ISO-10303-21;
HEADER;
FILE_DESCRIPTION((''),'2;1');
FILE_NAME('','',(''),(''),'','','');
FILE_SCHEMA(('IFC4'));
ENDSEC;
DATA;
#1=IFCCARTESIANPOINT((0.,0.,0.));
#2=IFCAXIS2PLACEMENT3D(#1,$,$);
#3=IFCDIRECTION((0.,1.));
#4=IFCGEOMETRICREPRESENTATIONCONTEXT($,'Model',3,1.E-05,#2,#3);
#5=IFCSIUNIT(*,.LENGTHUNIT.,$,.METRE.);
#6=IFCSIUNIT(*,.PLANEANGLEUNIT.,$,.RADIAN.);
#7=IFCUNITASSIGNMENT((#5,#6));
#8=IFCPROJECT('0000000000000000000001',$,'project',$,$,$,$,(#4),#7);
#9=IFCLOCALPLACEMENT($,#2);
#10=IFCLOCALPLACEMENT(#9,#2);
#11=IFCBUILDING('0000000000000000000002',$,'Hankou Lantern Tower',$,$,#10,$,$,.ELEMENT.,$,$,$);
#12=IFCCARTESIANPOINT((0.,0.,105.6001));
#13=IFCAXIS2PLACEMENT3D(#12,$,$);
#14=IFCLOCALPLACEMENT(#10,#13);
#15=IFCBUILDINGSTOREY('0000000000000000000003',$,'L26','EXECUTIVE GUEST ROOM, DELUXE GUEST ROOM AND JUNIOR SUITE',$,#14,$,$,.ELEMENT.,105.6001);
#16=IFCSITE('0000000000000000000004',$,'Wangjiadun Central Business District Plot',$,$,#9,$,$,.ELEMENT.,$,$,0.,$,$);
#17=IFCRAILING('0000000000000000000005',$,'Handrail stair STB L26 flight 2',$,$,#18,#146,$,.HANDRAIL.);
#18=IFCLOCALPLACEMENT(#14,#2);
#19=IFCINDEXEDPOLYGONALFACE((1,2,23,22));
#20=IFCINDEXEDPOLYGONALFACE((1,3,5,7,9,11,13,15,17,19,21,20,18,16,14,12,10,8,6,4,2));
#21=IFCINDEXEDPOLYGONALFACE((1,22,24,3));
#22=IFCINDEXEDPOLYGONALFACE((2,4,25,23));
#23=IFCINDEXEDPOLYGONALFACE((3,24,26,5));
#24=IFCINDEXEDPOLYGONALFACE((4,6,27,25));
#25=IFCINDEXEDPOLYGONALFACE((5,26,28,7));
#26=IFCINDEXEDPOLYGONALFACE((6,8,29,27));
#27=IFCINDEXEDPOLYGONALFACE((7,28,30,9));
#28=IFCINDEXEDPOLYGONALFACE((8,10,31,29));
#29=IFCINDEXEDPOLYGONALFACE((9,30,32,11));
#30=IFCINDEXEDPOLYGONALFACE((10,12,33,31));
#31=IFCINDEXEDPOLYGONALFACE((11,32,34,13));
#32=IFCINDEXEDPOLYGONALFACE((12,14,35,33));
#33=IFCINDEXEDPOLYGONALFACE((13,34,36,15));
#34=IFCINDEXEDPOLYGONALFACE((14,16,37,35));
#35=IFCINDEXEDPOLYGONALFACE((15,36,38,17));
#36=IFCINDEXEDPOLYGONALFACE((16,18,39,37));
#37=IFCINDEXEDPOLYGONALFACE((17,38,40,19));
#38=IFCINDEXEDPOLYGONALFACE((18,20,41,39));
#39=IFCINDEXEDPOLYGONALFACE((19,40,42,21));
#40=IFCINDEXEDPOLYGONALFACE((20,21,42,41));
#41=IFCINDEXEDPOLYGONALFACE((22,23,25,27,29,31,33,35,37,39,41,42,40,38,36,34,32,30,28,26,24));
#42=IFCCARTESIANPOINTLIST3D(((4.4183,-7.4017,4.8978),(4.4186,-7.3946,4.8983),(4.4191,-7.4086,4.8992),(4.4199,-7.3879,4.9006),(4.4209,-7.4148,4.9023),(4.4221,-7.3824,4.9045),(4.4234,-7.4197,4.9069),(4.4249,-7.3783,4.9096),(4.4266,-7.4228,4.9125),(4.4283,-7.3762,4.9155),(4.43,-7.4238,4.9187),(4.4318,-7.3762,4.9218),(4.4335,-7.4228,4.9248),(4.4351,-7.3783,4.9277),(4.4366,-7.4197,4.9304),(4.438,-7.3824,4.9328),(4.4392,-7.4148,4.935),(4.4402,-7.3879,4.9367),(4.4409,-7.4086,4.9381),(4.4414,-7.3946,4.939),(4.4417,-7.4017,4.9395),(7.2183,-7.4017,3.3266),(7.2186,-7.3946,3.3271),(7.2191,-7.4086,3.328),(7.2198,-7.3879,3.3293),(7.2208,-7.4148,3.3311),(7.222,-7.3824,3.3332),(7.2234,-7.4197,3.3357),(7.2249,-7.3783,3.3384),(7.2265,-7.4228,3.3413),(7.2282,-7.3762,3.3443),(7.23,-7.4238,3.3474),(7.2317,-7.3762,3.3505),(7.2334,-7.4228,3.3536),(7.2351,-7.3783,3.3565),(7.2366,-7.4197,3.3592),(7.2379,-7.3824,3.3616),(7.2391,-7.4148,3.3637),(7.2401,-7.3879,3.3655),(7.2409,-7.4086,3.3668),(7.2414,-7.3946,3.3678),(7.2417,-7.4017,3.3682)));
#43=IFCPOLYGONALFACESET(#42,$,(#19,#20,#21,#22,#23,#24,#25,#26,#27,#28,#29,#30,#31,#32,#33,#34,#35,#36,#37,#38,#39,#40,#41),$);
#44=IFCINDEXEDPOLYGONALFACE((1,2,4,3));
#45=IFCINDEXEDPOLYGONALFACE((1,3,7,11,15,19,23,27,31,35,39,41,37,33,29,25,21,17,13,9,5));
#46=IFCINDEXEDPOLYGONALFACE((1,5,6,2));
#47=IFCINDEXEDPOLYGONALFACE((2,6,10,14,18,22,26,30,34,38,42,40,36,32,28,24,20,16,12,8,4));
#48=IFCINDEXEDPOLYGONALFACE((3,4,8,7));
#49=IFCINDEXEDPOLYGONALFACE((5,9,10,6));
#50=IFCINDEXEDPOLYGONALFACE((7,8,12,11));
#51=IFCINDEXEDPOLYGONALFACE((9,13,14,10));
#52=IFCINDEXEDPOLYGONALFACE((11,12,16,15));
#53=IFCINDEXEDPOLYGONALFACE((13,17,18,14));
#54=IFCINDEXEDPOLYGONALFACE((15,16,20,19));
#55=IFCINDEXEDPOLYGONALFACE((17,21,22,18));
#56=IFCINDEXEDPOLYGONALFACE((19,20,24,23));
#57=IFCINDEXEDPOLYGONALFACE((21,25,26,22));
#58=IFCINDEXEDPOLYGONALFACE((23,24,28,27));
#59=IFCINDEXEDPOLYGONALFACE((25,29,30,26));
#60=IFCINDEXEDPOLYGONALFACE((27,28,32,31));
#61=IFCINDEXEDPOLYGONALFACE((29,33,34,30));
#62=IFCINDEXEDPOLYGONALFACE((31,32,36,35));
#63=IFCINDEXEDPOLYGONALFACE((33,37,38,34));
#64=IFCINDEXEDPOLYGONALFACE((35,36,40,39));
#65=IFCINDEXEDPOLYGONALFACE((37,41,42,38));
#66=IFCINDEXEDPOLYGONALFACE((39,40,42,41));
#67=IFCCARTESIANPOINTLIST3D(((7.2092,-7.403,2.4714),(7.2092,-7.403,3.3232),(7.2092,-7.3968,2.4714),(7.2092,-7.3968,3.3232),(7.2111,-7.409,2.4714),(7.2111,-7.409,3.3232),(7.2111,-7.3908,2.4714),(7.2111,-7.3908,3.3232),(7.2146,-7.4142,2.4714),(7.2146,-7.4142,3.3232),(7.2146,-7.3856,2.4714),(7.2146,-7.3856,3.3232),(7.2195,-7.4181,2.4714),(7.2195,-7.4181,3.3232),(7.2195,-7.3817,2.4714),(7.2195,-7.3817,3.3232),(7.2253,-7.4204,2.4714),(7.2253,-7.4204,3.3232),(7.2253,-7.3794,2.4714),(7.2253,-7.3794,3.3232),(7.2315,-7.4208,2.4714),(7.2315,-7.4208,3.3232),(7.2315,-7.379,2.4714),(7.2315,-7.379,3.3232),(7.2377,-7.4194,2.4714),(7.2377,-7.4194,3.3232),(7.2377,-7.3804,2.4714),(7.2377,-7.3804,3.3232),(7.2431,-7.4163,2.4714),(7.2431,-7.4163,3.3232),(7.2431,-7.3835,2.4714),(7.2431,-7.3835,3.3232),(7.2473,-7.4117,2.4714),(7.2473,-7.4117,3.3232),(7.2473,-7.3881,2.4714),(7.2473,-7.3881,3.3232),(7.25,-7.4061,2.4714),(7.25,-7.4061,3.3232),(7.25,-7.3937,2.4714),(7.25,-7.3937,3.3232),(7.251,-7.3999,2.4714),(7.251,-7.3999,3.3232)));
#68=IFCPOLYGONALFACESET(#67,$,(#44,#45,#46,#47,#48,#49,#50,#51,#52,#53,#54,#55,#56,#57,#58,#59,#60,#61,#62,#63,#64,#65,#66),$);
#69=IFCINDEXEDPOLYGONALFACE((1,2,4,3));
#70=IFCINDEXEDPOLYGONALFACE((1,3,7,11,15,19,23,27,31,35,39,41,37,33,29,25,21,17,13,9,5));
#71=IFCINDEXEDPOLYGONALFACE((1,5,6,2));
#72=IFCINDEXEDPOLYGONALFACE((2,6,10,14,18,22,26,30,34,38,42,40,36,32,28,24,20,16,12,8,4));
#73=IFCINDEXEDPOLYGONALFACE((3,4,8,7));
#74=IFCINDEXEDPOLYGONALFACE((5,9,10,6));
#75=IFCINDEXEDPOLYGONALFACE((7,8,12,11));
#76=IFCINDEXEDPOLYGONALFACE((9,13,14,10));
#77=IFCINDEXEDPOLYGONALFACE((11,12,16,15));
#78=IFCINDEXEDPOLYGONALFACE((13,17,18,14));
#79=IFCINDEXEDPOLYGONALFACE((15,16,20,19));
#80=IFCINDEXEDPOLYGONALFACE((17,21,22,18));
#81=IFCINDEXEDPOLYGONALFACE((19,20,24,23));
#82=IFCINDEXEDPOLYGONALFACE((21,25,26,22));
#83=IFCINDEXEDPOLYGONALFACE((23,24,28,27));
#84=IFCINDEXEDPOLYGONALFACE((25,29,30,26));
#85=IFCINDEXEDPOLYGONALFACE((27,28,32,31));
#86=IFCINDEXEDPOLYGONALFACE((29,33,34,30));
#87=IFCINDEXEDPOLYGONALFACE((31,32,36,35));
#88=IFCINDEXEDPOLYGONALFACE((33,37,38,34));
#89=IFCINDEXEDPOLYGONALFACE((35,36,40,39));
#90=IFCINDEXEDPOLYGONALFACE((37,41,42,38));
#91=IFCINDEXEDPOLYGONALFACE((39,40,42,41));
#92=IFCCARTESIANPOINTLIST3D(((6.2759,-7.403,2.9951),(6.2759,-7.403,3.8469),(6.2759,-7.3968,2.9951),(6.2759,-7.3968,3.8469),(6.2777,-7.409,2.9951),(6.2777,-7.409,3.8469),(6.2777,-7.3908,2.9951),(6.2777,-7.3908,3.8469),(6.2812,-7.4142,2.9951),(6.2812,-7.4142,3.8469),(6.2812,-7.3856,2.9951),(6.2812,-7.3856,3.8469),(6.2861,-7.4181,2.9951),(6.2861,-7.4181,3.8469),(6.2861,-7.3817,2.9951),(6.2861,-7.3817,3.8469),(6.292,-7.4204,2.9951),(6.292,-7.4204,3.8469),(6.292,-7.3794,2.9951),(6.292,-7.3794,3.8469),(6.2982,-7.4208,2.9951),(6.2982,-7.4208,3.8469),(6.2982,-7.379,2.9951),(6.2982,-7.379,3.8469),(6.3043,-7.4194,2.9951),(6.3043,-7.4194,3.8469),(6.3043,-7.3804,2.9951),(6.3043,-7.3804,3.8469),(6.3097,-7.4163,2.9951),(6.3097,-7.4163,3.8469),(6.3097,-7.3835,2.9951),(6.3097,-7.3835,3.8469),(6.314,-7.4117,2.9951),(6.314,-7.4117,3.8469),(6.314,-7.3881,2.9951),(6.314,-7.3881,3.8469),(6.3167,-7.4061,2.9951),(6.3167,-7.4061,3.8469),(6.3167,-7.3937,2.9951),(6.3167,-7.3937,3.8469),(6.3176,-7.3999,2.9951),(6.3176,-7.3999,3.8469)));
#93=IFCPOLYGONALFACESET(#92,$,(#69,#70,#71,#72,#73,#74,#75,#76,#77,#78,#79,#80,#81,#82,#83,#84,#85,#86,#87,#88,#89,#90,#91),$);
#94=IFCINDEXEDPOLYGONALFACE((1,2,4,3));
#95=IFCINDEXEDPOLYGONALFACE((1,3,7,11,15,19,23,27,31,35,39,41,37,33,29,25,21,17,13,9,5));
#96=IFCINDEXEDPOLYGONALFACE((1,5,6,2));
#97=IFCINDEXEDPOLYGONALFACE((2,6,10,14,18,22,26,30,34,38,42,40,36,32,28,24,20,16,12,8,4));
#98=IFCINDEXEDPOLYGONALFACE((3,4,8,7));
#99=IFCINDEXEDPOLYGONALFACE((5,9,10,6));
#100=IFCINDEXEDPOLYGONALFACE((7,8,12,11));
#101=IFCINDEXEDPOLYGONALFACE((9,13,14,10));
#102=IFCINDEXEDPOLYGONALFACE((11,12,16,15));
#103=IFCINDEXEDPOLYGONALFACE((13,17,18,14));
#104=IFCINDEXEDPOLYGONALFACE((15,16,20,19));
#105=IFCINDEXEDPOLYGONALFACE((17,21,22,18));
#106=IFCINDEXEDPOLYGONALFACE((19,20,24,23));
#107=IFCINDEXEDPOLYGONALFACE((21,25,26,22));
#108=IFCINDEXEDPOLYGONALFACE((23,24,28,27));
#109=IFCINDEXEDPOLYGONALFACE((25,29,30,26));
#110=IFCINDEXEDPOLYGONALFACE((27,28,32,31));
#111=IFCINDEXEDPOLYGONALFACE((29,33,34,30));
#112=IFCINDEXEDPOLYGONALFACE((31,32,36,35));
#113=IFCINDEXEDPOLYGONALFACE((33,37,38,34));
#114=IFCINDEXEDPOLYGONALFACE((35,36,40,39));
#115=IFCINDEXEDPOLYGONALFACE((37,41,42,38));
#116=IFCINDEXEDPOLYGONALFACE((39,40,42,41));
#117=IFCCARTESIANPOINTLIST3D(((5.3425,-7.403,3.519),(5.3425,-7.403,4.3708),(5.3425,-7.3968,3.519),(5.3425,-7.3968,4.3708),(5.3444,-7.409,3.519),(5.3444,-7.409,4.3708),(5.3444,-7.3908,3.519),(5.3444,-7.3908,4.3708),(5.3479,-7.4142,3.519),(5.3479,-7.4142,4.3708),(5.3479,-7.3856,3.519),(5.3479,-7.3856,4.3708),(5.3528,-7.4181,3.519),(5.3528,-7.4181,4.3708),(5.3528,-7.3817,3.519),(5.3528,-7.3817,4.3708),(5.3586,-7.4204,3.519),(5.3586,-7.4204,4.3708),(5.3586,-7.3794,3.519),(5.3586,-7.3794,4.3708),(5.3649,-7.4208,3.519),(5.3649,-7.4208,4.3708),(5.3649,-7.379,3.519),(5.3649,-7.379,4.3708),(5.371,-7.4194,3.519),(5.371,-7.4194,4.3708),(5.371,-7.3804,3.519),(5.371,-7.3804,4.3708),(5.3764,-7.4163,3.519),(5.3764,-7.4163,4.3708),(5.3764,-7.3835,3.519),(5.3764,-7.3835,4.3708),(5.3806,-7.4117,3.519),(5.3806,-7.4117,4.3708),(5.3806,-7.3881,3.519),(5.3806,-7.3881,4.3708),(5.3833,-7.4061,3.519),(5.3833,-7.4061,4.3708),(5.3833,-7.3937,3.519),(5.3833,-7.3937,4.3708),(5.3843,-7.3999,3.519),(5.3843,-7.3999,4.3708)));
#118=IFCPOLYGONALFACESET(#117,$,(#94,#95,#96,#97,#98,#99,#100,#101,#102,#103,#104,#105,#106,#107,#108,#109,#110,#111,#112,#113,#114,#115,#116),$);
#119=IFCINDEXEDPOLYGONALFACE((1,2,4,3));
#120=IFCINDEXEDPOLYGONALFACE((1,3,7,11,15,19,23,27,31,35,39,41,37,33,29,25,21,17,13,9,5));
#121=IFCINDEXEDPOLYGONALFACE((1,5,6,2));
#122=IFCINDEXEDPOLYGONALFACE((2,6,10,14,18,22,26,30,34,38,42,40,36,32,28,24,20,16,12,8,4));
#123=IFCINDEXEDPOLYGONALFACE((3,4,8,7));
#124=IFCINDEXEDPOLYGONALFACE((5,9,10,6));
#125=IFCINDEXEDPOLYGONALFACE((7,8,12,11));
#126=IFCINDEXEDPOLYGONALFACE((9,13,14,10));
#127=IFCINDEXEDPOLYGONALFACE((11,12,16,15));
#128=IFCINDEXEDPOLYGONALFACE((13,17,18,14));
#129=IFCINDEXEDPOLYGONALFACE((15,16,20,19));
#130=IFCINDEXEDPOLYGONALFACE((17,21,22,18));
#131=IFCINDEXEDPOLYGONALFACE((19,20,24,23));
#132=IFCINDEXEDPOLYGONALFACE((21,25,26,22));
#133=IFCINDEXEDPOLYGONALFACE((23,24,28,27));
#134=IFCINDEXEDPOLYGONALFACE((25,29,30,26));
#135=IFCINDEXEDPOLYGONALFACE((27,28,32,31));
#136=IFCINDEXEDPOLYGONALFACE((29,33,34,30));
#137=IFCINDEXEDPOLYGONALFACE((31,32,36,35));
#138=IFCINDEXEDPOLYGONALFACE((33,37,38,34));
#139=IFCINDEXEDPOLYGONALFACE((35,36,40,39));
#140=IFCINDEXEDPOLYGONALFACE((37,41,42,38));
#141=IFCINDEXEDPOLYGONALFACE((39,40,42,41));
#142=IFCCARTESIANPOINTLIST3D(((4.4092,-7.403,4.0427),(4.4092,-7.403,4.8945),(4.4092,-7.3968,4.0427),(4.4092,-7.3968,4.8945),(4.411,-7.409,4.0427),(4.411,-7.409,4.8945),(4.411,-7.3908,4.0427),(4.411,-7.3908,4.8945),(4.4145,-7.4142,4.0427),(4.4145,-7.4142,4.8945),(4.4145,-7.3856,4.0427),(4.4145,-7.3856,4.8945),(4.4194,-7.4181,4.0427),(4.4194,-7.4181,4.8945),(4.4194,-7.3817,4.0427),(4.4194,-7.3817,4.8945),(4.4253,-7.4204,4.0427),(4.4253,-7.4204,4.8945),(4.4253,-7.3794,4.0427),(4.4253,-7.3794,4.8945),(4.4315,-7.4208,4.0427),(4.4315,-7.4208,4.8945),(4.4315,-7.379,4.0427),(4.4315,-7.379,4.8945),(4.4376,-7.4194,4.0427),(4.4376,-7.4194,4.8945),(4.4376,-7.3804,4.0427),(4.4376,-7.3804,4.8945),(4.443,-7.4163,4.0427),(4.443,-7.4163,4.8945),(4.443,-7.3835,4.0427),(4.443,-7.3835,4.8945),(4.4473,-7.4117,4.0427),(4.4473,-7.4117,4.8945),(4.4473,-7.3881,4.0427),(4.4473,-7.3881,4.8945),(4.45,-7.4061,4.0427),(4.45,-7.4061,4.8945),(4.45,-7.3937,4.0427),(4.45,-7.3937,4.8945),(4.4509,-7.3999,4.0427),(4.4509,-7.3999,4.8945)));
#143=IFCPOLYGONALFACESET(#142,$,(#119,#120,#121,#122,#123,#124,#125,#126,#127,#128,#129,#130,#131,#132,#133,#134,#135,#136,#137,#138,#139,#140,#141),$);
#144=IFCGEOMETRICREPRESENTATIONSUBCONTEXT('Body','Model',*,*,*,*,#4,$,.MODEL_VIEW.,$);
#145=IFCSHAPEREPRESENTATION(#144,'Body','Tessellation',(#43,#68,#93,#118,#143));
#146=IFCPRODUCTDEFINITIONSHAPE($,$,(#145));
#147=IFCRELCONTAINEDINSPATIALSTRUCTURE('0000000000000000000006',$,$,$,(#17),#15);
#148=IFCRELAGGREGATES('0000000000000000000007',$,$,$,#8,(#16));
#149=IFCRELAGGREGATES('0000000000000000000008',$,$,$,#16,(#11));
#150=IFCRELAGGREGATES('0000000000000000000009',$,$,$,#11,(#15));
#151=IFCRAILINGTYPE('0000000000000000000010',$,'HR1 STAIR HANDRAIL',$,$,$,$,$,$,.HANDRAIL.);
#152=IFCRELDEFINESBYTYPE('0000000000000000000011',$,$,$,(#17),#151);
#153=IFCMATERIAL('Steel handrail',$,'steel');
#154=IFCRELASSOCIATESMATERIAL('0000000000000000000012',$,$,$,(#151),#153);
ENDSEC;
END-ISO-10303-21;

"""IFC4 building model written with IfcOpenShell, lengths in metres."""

from ifc_helpers import new_model, si_unit, direction, frame, origin, origin_2d, place, context, subcontext, project, spatial, circle, extrude, material, type_object, element, save


model = new_model("IFC4")

# Units and contexts
model_context = context("Model", 3, precision=1e-05, world=origin(), true_north=direction((0.0, 1.0)))
body_context = subcontext(model_context, "Body", "Model", "MODEL_VIEW")
ifc_project = project(units=[si_unit("LENGTHUNIT", "METRE"), si_unit("PLANEANGLEUNIT", "RADIAN")], contexts=[model_context])

# Site, building, storey
site_placement = place(None, origin())
site = spatial("IfcSite", under=ifc_project, at=site_placement, Name="Wangjiadun Central Business District Plot", CompositionType="ELEMENT", RefElevation=0.0)
building_placement = place(site_placement, origin())
building = spatial("IfcBuilding", under=site, at=building_placement, Name="Hankou Lantern Tower", CompositionType="ELEMENT")
storey_placement = place(building_placement, frame((0.0, 0.0, 105.6001)))
storey = spatial("IfcBuildingStorey", under=building, at=storey_placement, Name="L26", Description="EXECUTIVE GUEST ROOM, DELUXE GUEST ROOM AND JUNIOR SUITE", CompositionType="ELEMENT", Elevation=105.6001)

# Railing
ifc_material_1 = material(Name="Steel handrail", Category="steel")
railing_type = type_object("IfcRailingType", Name="HR1 STAIR HANDRAIL", PredefinedType="HANDRAIL", material=ifc_material_1)
railing_1_placement = place(storey_placement, frame((7.23, -7.3999, 2.4714)))
element("IfcRailing", 1, at=railing_1_placement, inside=storey, type_object=railing_type, Name="Handrail stair STB L26 flight 2", PredefinedType="HANDRAIL", context=body_context, shape_type="SweptSolid", body=[
    extrude(circle(Radius=0.0239, at=origin_2d()), frame((0.0, 0.0, 0.876), z_axis=(-0.872073, 0.0, 0.489377), x_axis=(0.0, -1.0, 0.0)), (0.0, 0.0, 1.0), 3.2107),
    extrude(circle(Radius=0.021, at=origin_2d()), origin(), (0.0, 0.0, 1.0), 0.8518),
    extrude(circle(Radius=0.021, at=origin_2d()), frame((-0.9333, 0.0, 0.5237)), (0.0, 0.0, 1.0), 0.8518),
    extrude(circle(Radius=0.021, at=origin_2d()), frame((-1.8667, 0.0, 1.0476)), (0.0, 0.0, 1.0), 0.8518),
    extrude(circle(Radius=0.021, at=origin_2d()), frame((-2.8, 0.0, 1.5713)), (0.0, 0.0, 1.0), 0.8518),
])

save(model, "model.ifc")
